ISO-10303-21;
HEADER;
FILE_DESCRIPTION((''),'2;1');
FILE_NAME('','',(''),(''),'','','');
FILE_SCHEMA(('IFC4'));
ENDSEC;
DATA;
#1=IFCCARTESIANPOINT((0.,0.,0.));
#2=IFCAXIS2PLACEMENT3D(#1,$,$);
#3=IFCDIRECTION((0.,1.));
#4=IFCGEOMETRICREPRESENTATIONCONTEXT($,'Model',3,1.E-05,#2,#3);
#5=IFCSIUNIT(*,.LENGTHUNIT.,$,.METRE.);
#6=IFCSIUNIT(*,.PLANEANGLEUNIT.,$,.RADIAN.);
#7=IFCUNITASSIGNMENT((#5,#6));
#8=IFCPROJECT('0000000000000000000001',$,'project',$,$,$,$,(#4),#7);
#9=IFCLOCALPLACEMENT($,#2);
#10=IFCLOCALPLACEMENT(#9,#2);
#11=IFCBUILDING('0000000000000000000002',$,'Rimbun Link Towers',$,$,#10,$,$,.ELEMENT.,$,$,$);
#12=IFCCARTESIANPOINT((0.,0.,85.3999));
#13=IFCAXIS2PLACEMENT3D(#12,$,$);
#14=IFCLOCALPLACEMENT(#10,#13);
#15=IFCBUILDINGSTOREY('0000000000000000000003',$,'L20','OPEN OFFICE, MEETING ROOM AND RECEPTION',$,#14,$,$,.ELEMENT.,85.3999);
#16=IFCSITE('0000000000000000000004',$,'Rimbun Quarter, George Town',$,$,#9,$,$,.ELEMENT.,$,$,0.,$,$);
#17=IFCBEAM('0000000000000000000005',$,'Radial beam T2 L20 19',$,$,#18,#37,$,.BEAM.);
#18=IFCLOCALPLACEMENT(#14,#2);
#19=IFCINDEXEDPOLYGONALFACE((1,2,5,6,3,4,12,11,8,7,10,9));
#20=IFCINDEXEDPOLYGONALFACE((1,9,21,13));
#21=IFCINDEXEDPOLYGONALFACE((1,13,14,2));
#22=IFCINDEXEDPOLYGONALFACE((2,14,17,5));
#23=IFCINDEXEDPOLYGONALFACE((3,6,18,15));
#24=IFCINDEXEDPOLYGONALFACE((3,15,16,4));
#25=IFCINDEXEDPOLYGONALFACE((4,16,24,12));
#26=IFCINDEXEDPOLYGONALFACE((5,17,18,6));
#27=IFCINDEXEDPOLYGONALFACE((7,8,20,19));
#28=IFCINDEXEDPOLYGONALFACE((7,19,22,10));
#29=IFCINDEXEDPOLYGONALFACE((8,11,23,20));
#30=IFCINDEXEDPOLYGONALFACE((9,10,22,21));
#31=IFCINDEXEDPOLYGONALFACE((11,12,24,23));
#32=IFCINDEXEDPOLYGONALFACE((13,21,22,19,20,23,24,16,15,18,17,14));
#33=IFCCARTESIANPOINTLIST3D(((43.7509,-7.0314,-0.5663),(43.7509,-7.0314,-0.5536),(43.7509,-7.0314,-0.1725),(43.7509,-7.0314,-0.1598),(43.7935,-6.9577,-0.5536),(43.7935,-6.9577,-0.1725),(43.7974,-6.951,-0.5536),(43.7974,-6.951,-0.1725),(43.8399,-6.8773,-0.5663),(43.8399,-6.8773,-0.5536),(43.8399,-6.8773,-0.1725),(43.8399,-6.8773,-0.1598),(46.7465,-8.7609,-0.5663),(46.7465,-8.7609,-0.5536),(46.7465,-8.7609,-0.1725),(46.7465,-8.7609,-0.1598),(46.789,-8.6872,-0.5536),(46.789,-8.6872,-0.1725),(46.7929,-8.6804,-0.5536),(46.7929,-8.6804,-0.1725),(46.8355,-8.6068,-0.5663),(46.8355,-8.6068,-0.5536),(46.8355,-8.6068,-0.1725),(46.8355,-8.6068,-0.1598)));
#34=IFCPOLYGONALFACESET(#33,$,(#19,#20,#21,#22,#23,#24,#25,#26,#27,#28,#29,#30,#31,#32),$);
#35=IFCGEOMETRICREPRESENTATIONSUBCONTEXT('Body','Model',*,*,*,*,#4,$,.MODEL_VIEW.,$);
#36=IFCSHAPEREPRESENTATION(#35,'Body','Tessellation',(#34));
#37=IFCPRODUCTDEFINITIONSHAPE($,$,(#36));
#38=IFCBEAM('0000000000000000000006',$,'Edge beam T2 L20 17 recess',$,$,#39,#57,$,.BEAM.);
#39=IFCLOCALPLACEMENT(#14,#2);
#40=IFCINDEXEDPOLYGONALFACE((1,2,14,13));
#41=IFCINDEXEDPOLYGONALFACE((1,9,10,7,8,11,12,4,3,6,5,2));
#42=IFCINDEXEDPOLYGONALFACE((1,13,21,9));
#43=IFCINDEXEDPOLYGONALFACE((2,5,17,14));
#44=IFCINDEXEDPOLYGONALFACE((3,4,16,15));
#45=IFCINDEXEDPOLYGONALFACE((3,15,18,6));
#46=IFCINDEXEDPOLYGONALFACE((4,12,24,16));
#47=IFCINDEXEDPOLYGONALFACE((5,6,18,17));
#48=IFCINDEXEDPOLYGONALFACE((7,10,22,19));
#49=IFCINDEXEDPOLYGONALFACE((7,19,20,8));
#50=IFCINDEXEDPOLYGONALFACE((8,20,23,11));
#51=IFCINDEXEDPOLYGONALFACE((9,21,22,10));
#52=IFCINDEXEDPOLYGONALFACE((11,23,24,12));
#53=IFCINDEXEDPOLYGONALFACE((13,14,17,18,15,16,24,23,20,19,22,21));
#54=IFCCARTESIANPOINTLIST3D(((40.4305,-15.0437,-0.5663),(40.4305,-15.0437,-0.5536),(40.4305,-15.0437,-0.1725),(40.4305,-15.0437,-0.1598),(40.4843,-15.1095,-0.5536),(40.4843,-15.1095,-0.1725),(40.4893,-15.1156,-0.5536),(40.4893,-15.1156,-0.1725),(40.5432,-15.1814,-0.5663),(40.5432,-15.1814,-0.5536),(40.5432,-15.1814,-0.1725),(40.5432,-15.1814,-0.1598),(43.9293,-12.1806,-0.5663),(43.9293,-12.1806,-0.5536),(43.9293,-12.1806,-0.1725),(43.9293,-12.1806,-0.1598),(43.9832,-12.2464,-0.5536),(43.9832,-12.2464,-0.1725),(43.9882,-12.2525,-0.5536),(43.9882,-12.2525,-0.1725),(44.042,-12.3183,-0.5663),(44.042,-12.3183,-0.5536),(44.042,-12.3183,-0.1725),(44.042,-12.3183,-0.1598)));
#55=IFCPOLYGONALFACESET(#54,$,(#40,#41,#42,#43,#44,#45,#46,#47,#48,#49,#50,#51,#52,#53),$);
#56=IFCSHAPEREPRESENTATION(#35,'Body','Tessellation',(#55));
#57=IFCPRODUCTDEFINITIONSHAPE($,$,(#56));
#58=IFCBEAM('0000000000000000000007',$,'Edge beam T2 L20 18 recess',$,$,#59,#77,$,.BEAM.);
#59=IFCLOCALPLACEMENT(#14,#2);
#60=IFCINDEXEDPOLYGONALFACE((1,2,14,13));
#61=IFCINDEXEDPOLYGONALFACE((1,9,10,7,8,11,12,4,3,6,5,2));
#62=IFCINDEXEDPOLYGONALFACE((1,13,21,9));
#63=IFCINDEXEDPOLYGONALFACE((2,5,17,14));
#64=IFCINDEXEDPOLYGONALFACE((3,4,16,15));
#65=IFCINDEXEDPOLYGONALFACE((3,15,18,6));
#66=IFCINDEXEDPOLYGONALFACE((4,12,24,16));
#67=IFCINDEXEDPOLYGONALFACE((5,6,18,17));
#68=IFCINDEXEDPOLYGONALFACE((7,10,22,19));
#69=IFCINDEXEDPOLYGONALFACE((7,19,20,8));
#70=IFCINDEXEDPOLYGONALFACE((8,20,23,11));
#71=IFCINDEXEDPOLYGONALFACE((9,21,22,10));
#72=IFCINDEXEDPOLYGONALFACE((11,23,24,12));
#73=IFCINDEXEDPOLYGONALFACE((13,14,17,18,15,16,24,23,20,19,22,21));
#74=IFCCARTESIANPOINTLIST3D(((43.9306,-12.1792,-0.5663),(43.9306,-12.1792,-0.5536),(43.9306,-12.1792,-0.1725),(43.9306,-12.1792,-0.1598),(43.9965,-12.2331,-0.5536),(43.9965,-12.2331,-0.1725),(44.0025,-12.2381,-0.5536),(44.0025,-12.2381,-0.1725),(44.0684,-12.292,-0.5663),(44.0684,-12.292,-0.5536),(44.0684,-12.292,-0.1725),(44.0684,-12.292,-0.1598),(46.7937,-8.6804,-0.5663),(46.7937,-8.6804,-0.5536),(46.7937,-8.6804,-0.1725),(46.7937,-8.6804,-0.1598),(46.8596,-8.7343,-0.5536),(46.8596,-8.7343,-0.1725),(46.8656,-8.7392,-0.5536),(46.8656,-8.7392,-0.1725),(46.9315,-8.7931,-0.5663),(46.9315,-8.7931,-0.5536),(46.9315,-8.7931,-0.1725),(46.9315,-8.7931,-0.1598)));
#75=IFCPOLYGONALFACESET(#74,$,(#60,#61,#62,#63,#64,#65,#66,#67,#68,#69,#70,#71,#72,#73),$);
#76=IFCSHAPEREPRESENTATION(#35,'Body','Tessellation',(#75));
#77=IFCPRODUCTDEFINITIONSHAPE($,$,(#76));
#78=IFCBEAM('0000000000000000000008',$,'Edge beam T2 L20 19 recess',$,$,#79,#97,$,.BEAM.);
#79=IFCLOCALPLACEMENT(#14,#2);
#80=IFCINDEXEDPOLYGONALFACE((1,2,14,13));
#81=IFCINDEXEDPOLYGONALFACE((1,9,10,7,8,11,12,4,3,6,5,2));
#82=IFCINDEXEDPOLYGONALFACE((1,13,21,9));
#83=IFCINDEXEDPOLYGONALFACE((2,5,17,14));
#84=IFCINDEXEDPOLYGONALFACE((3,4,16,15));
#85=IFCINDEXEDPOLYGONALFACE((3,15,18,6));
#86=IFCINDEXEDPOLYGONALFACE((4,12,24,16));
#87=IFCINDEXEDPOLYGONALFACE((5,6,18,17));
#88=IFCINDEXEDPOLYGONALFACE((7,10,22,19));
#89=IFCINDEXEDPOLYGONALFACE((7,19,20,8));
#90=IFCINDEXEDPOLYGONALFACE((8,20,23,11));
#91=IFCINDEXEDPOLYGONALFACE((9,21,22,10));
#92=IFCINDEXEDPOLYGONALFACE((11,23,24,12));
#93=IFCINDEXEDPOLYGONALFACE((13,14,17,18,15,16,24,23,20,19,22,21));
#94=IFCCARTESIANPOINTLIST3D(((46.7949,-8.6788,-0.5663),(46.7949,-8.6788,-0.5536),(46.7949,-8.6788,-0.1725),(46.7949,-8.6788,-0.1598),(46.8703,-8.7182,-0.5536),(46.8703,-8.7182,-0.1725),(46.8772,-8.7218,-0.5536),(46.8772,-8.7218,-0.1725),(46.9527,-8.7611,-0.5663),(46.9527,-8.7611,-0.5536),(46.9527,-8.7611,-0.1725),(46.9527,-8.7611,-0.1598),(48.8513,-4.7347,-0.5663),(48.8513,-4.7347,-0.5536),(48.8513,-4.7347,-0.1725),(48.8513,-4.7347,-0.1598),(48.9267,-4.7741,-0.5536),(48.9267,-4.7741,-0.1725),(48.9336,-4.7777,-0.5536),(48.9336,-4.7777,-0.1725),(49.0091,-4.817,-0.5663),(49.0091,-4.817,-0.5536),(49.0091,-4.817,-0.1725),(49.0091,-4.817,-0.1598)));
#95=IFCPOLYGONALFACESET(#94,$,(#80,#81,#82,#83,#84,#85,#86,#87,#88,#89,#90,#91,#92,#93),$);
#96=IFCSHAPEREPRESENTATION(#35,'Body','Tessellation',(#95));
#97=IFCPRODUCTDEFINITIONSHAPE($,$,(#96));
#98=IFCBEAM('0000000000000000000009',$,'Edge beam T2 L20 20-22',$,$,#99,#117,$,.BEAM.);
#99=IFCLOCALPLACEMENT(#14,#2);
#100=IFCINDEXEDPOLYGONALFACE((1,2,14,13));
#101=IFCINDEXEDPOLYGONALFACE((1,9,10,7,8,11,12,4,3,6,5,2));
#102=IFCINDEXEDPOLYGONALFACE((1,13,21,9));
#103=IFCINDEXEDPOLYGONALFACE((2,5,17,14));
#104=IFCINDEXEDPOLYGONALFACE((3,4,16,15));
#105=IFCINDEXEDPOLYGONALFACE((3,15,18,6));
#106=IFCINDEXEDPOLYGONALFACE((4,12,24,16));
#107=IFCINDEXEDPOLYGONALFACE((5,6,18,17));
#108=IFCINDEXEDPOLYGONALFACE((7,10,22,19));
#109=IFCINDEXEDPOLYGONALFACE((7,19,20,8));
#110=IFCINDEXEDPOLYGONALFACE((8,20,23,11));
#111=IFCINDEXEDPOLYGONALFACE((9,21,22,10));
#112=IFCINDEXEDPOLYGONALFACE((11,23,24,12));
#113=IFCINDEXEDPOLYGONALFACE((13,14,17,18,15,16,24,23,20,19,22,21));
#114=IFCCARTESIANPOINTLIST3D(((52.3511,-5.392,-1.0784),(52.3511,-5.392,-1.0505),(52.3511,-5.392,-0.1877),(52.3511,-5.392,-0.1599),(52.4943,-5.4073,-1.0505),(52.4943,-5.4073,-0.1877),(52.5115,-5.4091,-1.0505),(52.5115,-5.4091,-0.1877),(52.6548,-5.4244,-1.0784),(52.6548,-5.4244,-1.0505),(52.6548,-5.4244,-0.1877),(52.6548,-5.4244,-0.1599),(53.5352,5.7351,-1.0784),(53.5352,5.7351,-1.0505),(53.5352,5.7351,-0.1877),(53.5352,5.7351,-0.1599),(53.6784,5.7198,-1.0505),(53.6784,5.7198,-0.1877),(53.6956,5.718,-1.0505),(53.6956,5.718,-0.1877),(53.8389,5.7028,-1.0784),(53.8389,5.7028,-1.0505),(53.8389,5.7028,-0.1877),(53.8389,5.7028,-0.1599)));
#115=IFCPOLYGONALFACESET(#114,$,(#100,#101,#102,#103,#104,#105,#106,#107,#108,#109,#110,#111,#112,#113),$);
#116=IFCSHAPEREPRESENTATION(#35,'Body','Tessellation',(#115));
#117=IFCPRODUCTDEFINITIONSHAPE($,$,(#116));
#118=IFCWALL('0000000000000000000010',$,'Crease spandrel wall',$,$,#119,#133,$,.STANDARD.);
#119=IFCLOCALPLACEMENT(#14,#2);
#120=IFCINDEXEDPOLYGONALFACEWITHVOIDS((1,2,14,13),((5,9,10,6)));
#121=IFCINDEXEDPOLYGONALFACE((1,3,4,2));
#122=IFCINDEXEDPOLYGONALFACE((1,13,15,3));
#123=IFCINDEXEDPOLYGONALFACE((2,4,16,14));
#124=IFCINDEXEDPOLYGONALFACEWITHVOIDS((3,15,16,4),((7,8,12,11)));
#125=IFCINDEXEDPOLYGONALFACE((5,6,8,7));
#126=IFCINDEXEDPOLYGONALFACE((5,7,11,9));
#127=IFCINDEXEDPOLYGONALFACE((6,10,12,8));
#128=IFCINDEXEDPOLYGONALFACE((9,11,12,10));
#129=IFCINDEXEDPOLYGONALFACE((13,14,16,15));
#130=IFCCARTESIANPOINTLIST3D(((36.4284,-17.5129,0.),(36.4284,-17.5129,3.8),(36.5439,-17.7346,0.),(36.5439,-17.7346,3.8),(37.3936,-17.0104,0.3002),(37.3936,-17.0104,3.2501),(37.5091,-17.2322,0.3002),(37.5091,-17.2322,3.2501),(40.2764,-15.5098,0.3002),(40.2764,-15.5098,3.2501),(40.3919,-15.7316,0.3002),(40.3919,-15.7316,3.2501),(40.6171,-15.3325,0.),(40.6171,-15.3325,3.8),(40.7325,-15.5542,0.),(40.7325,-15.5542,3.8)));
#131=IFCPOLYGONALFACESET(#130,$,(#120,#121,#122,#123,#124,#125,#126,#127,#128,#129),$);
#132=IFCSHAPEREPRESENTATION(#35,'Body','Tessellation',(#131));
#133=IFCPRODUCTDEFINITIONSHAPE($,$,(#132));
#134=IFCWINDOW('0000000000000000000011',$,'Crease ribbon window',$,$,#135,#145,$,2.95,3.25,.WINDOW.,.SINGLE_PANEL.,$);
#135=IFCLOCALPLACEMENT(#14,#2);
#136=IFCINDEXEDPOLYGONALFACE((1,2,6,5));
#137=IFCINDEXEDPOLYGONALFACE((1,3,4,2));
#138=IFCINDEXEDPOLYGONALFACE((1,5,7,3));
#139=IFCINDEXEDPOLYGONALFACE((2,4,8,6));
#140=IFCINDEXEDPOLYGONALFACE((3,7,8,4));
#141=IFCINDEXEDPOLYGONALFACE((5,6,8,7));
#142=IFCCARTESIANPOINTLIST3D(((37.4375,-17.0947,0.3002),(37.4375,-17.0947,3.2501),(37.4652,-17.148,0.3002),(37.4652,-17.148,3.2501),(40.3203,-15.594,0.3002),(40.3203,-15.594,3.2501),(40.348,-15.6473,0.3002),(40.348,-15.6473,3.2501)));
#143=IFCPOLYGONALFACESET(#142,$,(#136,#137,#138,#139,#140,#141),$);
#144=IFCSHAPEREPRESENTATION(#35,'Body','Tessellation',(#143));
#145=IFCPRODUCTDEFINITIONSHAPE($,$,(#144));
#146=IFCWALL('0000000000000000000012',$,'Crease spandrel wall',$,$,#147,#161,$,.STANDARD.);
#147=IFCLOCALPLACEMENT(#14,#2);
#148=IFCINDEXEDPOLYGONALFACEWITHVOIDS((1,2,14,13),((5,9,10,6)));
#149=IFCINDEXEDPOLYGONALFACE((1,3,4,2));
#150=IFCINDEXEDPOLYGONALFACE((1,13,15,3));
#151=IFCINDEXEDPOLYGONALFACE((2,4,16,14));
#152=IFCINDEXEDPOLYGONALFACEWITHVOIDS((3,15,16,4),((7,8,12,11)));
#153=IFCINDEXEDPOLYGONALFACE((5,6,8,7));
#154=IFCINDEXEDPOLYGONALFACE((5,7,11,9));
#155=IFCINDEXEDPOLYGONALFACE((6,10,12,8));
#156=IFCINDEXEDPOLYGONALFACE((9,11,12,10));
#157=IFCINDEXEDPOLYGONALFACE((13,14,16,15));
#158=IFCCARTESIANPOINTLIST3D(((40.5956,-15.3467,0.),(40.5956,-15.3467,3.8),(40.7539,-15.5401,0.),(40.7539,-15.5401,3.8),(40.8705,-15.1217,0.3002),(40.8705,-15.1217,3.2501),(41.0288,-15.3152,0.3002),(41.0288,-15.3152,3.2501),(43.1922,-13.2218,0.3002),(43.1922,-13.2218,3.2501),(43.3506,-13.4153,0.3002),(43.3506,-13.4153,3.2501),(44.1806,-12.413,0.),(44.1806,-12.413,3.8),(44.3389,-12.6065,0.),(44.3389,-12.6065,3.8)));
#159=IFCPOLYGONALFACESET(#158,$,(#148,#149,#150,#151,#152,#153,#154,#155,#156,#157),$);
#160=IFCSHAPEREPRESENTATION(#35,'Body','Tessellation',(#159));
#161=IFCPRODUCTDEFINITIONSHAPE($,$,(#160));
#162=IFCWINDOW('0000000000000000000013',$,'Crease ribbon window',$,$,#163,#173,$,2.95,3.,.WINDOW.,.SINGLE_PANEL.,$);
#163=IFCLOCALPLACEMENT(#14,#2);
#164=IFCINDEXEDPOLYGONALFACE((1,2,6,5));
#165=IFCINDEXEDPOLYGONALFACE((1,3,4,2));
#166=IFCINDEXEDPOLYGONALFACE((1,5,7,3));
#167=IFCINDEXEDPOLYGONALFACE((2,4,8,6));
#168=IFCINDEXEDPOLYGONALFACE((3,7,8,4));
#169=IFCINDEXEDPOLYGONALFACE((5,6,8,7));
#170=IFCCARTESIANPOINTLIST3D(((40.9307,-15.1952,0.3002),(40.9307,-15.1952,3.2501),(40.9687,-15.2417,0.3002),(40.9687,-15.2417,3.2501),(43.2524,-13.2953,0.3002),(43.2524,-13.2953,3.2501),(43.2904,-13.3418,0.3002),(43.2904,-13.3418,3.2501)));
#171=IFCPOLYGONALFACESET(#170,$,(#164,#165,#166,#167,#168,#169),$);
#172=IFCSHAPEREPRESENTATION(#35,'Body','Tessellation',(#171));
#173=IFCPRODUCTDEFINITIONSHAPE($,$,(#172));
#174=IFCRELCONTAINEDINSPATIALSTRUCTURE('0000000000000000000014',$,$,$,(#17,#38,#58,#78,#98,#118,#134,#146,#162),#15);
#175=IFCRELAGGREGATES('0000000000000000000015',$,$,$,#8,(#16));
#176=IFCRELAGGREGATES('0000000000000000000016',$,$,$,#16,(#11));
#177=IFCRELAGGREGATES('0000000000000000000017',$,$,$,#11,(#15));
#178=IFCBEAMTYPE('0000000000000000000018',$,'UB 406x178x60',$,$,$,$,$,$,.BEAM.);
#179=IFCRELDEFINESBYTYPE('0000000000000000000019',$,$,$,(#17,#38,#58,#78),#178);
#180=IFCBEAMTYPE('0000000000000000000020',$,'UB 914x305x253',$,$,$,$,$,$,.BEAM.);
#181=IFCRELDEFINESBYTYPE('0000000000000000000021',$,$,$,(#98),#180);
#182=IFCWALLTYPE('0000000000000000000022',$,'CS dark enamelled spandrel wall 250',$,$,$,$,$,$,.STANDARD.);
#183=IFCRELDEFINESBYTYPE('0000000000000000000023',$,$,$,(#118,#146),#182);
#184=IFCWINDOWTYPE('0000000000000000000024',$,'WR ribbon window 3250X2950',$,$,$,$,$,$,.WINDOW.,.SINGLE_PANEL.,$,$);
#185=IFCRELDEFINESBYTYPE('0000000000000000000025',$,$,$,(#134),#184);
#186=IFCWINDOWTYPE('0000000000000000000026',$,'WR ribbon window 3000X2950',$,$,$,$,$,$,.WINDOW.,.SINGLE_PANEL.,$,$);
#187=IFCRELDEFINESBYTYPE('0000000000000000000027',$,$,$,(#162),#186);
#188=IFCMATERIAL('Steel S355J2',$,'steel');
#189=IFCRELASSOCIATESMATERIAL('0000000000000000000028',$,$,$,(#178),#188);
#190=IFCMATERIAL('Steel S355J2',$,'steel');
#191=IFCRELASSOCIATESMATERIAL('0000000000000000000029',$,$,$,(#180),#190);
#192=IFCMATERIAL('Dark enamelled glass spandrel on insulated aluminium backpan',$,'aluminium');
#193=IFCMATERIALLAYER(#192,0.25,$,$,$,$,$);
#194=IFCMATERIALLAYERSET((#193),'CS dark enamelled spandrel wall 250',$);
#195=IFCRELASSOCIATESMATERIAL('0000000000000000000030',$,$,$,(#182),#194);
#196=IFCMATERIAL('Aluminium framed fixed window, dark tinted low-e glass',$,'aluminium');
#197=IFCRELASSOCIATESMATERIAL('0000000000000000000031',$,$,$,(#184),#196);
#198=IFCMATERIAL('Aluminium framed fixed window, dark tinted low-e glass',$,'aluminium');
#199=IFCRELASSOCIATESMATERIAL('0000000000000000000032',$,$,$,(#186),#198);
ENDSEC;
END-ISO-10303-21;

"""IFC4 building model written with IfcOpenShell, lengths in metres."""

from ifc_helpers import new_model, si_unit, direction, frame, frame_2d, origin, origin_2d, place, context, subcontext, project, spatial, rectangle, i_section, extrude, material, layer, layer_set, material_profile, profile_set, type_object, element, fill, save


model = new_model("IFC4")

# Units and contexts
model_context = context("Model", 3, precision=1e-05, world=origin(), true_north=direction((0.0, 1.0)))
body_context = subcontext(model_context, "Body", "Model", "MODEL_VIEW")
ifc_project = project(units=[si_unit("LENGTHUNIT", "METRE"), si_unit("PLANEANGLEUNIT", "RADIAN")], contexts=[model_context])

# Site, building, storey
site_placement = place(None, origin())
site = spatial("IfcSite", under=ifc_project, at=site_placement, Name="Rimbun Quarter, George Town", CompositionType="ELEMENT", RefElevation=0.0)
building_placement = place(site_placement, origin())
building = spatial("IfcBuilding", under=site, at=building_placement, Name="Rimbun Link Towers", CompositionType="ELEMENT")
storey_placement = place(building_placement, frame((0.0, 0.0, 85.3999)))
storey = spatial("IfcBuildingStorey", under=building, at=storey_placement, Name="L20", Description="OPEN OFFICE, MEETING ROOM AND RECEPTION", CompositionType="ELEMENT", Elevation=85.3999)

# Beams
ifc_material_1 = material(Name="Steel S355J2", Category="steel")
ifc_material_profile_1 = material_profile(ifc_material_1, i_section(OverallWidth=0.178, OverallDepth=0.4065, WebThickness=0.0078, FlangeThickness=0.0127, at=origin_2d()), Name="UB 406x178x60")
ifc_profile_set_1 = profile_set([ifc_material_profile_1], Name="Steel S355J2")
beam_type_1 = type_object("IfcBeamType", Name="UB 406x178x60", PredefinedType="BEAM", material=ifc_profile_set_1)
beam_1_placement = place(storey_placement, frame((43.7954, -6.9543, -0.363), z_axis=(0.866028, -0.499995, 0.0), x_axis=(0.499995, 0.866028, 0.0)))
element("IfcBeam", 1, at=beam_1_placement, inside=storey, type_object=beam_type_1, Name="Radial beam T2 L20 19", PredefinedType="BEAM", context=body_context, shape_type="SweptSolid", body=[
    extrude(i_section(OverallWidth=0.178, OverallDepth=0.4065, WebThickness=0.0078, FlangeThickness=0.0127, at=origin_2d()), origin(), (0.0, 0.0, 1.0), 3.459),
])
for number, where, z_axis, x_axis, name in (
    (2, (40.4868, -15.1125, -0.363), (0.773914, 0.633291, 0.0), (-0.633291, 0.773914, 0.0), "Edge beam T2 L20 17 recess"),
    (3, (43.9995, -12.2356, -0.363), (0.633291, 0.773914, 0.0), (-0.773914, 0.633291, 0.0), "Edge beam T2 L20 18 recess"),
):
    element("IfcBeam", number, at=place(storey_placement, frame(where, z_axis=z_axis, x_axis=x_axis)), inside=storey, type_object=beam_type_1, Name=name, PredefinedType="BEAM", context=body_context, shape_type="SweptSolid", body=[
        extrude(i_section(OverallWidth=0.178, OverallDepth=0.4065, WebThickness=0.0078, FlangeThickness=0.0127, at=origin_2d()), origin(), (0.0, 0.0, 1.0), 4.521),
    ])
beam_2_placement = place(storey_placement, frame((46.8738, -8.72, -0.363), z_axis=(0.46232, 0.886713, 0.0), x_axis=(-0.886713, 0.46232, 0.0)))
element("IfcBeam", 4, at=beam_2_placement, inside=storey, type_object=beam_type_1, Name="Edge beam T2 L20 19 recess", PredefinedType="BEAM", context=body_context, shape_type="SweptSolid", body=[
    extrude(i_section(OverallWidth=0.178, OverallDepth=0.4065, WebThickness=0.0078, FlangeThickness=0.0127, at=origin_2d()), origin(), (0.0, 0.0, 1.0), 4.448),
])
ifc_material_2 = material(Name="Steel S355J2", Category="steel")
ifc_material_profile_2 = material_profile(ifc_material_2, i_section(OverallWidth=0.3054, OverallDepth=0.9185, WebThickness=0.0173, FlangeThickness=0.0278, at=origin_2d()), Name="UB 914x305x253")
ifc_profile_set_2 = profile_set([ifc_material_profile_2], Name="Steel S355J2")
beam_type_2 = type_object("IfcBeamType", Name="UB 914x305x253", PredefinedType="BEAM", material=ifc_profile_set_2)
beam_3_placement = place(storey_placement, frame((52.5029, -5.4082, -0.6191), z_axis=(0.105816, 0.994386, 0.0), x_axis=(-0.994386, 0.105816, 0.0)))
element("IfcBeam", 5, at=beam_3_placement, inside=storey, type_object=beam_type_2, Name="Edge beam T2 L20 20-22", PredefinedType="BEAM", context=body_context, shape_type="SweptSolid", body=[
    extrude(i_section(OverallWidth=0.3054, OverallDepth=0.9185, WebThickness=0.0173, FlangeThickness=0.0278, at=origin_2d()), origin(), (0.0, 0.0, 1.0), 11.1899),
])

# Walls, openings, windows
ifc_material_3 = material(Name="Dark enamelled glass spandrel on insulated aluminium backpan", Category="aluminium")
ifc_layer_1 = layer(ifc_material_3, 0.25)
ifc_layer_set_1 = layer_set([ifc_layer_1], Name="CS dark enamelled spandrel wall 250")
wall_type_1 = type_object("IfcWallType", Name="CS dark enamelled spandrel wall 250", PredefinedType="STANDARD", material=ifc_layer_set_1)
wall_1_placement = place(storey_placement, frame((40.6748, -15.4434, 0.0), z_axis=(0.0, 0.0, 1.0), x_axis=(-0.887019, -0.461734, 0.0)))
wall_1 = element("IfcWall", 6, at=wall_1_placement, inside=storey, type_object=wall_type_1, Name="Crease spandrel wall", PredefinedType="STANDARD", context=body_context, shape_type="SweptSolid", body=[
    extrude(rectangle(XDim=4.7222, YDim=0.25, at=frame_2d((2.3611, 0.0))), origin(), (0.0, 0.0, 1.0), 3.8),
])
opening_1_placement = place(wall_1_placement, frame((0.384, 0.0, 0.3)))
opening_1 = element("IfcOpeningElement", 7, at=opening_1_placement, cuts=wall_1, PredefinedType="OPENING", context=body_context, shape_type="SweptSolid", body=[
    extrude(rectangle(XDim=3.25, YDim=2.95, at=frame_2d((1.625, 1.4751))), frame((0.0, 0.135, 0.0), z_axis=(0.0, -1.0, 0.0), x_axis=(1.0, 0.0, 0.0)), (0.0, 0.0, 1.0), 0.27),
])
ifc_material_4 = material(Name="Aluminium framed fixed window, dark tinted low-e glass", Category="aluminium")
window_type_1 = type_object("IfcWindowType", Name="WR ribbon window 3250X2950", PartitioningType="SINGLE_PANEL", PredefinedType="WINDOW", material=ifc_material_4)
window_1_placement = place(opening_1_placement, origin())
window_1 = element("IfcWindow", 8, at=window_1_placement, inside=storey, type_object=window_type_1, Name="Crease ribbon window", OverallHeight=2.95, OverallWidth=3.25, PartitioningType="SINGLE_PANEL", PredefinedType="WINDOW", context=body_context, shape_type="SweptSolid", body=[
    extrude(rectangle(XDim=3.25, YDim=2.95, at=frame_2d((1.625, 1.4751))), frame((0.0, 0.03, 0.0), z_axis=(0.0, -1.0, 0.0), x_axis=(1.0, 0.0, 0.0)), (0.0, 0.0, 1.0), 0.0601),
])
fill(opening_1, window_1)
wall_2_placement = place(storey_placement, frame((44.2598, -12.5098, 0.0), z_axis=(0.0, 0.0, 1.0), x_axis=(-0.77391, -0.633295, 0.0)))
wall_2 = element("IfcWall", 9, at=wall_2_placement, inside=storey, type_object=wall_type_1, Name="Crease spandrel wall", PredefinedType="STANDARD", context=body_context, shape_type="SweptSolid", body=[
    extrude(rectangle(XDim=4.6323, YDim=0.25, at=frame_2d((2.3162, 0.0))), origin(), (0.0, 0.0, 1.0), 3.8),
])
opening_2_placement = place(wall_2_placement, frame((1.2771, 0.0, 0.3)))
opening_2 = element("IfcOpeningElement", 10, at=opening_2_placement, cuts=wall_2, PredefinedType="OPENING", context=body_context, shape_type="SweptSolid", body=[
    extrude(rectangle(XDim=3.0, YDim=2.95, at=frame_2d((1.5, 1.4751))), frame((0.0, 0.135, 0.0), z_axis=(0.0, -1.0, 0.0), x_axis=(1.0, 0.0, 0.0)), (0.0, 0.0, 1.0), 0.27),
])
ifc_material_5 = material(Name="Aluminium framed fixed window, dark tinted low-e glass", Category="aluminium")
window_type_2 = type_object("IfcWindowType", Name="WR ribbon window 3000X2950", PartitioningType="SINGLE_PANEL", PredefinedType="WINDOW", material=ifc_material_5)
window_2_placement = place(opening_2_placement, origin())
window_2 = element("IfcWindow", 11, at=window_2_placement, inside=storey, type_object=window_type_2, Name="Crease ribbon window", OverallHeight=2.95, OverallWidth=3.0, PartitioningType="SINGLE_PANEL", PredefinedType="WINDOW", context=body_context, shape_type="SweptSolid", body=[
    extrude(rectangle(XDim=3.0, YDim=2.95, at=frame_2d((1.5, 1.4751))), frame((0.0, 0.03, 0.0), z_axis=(0.0, -1.0, 0.0), x_axis=(1.0, 0.0, 0.0)), (0.0, 0.0, 1.0), 0.0601),
])
fill(opening_2, window_2)

save(model, "model.ifc")
